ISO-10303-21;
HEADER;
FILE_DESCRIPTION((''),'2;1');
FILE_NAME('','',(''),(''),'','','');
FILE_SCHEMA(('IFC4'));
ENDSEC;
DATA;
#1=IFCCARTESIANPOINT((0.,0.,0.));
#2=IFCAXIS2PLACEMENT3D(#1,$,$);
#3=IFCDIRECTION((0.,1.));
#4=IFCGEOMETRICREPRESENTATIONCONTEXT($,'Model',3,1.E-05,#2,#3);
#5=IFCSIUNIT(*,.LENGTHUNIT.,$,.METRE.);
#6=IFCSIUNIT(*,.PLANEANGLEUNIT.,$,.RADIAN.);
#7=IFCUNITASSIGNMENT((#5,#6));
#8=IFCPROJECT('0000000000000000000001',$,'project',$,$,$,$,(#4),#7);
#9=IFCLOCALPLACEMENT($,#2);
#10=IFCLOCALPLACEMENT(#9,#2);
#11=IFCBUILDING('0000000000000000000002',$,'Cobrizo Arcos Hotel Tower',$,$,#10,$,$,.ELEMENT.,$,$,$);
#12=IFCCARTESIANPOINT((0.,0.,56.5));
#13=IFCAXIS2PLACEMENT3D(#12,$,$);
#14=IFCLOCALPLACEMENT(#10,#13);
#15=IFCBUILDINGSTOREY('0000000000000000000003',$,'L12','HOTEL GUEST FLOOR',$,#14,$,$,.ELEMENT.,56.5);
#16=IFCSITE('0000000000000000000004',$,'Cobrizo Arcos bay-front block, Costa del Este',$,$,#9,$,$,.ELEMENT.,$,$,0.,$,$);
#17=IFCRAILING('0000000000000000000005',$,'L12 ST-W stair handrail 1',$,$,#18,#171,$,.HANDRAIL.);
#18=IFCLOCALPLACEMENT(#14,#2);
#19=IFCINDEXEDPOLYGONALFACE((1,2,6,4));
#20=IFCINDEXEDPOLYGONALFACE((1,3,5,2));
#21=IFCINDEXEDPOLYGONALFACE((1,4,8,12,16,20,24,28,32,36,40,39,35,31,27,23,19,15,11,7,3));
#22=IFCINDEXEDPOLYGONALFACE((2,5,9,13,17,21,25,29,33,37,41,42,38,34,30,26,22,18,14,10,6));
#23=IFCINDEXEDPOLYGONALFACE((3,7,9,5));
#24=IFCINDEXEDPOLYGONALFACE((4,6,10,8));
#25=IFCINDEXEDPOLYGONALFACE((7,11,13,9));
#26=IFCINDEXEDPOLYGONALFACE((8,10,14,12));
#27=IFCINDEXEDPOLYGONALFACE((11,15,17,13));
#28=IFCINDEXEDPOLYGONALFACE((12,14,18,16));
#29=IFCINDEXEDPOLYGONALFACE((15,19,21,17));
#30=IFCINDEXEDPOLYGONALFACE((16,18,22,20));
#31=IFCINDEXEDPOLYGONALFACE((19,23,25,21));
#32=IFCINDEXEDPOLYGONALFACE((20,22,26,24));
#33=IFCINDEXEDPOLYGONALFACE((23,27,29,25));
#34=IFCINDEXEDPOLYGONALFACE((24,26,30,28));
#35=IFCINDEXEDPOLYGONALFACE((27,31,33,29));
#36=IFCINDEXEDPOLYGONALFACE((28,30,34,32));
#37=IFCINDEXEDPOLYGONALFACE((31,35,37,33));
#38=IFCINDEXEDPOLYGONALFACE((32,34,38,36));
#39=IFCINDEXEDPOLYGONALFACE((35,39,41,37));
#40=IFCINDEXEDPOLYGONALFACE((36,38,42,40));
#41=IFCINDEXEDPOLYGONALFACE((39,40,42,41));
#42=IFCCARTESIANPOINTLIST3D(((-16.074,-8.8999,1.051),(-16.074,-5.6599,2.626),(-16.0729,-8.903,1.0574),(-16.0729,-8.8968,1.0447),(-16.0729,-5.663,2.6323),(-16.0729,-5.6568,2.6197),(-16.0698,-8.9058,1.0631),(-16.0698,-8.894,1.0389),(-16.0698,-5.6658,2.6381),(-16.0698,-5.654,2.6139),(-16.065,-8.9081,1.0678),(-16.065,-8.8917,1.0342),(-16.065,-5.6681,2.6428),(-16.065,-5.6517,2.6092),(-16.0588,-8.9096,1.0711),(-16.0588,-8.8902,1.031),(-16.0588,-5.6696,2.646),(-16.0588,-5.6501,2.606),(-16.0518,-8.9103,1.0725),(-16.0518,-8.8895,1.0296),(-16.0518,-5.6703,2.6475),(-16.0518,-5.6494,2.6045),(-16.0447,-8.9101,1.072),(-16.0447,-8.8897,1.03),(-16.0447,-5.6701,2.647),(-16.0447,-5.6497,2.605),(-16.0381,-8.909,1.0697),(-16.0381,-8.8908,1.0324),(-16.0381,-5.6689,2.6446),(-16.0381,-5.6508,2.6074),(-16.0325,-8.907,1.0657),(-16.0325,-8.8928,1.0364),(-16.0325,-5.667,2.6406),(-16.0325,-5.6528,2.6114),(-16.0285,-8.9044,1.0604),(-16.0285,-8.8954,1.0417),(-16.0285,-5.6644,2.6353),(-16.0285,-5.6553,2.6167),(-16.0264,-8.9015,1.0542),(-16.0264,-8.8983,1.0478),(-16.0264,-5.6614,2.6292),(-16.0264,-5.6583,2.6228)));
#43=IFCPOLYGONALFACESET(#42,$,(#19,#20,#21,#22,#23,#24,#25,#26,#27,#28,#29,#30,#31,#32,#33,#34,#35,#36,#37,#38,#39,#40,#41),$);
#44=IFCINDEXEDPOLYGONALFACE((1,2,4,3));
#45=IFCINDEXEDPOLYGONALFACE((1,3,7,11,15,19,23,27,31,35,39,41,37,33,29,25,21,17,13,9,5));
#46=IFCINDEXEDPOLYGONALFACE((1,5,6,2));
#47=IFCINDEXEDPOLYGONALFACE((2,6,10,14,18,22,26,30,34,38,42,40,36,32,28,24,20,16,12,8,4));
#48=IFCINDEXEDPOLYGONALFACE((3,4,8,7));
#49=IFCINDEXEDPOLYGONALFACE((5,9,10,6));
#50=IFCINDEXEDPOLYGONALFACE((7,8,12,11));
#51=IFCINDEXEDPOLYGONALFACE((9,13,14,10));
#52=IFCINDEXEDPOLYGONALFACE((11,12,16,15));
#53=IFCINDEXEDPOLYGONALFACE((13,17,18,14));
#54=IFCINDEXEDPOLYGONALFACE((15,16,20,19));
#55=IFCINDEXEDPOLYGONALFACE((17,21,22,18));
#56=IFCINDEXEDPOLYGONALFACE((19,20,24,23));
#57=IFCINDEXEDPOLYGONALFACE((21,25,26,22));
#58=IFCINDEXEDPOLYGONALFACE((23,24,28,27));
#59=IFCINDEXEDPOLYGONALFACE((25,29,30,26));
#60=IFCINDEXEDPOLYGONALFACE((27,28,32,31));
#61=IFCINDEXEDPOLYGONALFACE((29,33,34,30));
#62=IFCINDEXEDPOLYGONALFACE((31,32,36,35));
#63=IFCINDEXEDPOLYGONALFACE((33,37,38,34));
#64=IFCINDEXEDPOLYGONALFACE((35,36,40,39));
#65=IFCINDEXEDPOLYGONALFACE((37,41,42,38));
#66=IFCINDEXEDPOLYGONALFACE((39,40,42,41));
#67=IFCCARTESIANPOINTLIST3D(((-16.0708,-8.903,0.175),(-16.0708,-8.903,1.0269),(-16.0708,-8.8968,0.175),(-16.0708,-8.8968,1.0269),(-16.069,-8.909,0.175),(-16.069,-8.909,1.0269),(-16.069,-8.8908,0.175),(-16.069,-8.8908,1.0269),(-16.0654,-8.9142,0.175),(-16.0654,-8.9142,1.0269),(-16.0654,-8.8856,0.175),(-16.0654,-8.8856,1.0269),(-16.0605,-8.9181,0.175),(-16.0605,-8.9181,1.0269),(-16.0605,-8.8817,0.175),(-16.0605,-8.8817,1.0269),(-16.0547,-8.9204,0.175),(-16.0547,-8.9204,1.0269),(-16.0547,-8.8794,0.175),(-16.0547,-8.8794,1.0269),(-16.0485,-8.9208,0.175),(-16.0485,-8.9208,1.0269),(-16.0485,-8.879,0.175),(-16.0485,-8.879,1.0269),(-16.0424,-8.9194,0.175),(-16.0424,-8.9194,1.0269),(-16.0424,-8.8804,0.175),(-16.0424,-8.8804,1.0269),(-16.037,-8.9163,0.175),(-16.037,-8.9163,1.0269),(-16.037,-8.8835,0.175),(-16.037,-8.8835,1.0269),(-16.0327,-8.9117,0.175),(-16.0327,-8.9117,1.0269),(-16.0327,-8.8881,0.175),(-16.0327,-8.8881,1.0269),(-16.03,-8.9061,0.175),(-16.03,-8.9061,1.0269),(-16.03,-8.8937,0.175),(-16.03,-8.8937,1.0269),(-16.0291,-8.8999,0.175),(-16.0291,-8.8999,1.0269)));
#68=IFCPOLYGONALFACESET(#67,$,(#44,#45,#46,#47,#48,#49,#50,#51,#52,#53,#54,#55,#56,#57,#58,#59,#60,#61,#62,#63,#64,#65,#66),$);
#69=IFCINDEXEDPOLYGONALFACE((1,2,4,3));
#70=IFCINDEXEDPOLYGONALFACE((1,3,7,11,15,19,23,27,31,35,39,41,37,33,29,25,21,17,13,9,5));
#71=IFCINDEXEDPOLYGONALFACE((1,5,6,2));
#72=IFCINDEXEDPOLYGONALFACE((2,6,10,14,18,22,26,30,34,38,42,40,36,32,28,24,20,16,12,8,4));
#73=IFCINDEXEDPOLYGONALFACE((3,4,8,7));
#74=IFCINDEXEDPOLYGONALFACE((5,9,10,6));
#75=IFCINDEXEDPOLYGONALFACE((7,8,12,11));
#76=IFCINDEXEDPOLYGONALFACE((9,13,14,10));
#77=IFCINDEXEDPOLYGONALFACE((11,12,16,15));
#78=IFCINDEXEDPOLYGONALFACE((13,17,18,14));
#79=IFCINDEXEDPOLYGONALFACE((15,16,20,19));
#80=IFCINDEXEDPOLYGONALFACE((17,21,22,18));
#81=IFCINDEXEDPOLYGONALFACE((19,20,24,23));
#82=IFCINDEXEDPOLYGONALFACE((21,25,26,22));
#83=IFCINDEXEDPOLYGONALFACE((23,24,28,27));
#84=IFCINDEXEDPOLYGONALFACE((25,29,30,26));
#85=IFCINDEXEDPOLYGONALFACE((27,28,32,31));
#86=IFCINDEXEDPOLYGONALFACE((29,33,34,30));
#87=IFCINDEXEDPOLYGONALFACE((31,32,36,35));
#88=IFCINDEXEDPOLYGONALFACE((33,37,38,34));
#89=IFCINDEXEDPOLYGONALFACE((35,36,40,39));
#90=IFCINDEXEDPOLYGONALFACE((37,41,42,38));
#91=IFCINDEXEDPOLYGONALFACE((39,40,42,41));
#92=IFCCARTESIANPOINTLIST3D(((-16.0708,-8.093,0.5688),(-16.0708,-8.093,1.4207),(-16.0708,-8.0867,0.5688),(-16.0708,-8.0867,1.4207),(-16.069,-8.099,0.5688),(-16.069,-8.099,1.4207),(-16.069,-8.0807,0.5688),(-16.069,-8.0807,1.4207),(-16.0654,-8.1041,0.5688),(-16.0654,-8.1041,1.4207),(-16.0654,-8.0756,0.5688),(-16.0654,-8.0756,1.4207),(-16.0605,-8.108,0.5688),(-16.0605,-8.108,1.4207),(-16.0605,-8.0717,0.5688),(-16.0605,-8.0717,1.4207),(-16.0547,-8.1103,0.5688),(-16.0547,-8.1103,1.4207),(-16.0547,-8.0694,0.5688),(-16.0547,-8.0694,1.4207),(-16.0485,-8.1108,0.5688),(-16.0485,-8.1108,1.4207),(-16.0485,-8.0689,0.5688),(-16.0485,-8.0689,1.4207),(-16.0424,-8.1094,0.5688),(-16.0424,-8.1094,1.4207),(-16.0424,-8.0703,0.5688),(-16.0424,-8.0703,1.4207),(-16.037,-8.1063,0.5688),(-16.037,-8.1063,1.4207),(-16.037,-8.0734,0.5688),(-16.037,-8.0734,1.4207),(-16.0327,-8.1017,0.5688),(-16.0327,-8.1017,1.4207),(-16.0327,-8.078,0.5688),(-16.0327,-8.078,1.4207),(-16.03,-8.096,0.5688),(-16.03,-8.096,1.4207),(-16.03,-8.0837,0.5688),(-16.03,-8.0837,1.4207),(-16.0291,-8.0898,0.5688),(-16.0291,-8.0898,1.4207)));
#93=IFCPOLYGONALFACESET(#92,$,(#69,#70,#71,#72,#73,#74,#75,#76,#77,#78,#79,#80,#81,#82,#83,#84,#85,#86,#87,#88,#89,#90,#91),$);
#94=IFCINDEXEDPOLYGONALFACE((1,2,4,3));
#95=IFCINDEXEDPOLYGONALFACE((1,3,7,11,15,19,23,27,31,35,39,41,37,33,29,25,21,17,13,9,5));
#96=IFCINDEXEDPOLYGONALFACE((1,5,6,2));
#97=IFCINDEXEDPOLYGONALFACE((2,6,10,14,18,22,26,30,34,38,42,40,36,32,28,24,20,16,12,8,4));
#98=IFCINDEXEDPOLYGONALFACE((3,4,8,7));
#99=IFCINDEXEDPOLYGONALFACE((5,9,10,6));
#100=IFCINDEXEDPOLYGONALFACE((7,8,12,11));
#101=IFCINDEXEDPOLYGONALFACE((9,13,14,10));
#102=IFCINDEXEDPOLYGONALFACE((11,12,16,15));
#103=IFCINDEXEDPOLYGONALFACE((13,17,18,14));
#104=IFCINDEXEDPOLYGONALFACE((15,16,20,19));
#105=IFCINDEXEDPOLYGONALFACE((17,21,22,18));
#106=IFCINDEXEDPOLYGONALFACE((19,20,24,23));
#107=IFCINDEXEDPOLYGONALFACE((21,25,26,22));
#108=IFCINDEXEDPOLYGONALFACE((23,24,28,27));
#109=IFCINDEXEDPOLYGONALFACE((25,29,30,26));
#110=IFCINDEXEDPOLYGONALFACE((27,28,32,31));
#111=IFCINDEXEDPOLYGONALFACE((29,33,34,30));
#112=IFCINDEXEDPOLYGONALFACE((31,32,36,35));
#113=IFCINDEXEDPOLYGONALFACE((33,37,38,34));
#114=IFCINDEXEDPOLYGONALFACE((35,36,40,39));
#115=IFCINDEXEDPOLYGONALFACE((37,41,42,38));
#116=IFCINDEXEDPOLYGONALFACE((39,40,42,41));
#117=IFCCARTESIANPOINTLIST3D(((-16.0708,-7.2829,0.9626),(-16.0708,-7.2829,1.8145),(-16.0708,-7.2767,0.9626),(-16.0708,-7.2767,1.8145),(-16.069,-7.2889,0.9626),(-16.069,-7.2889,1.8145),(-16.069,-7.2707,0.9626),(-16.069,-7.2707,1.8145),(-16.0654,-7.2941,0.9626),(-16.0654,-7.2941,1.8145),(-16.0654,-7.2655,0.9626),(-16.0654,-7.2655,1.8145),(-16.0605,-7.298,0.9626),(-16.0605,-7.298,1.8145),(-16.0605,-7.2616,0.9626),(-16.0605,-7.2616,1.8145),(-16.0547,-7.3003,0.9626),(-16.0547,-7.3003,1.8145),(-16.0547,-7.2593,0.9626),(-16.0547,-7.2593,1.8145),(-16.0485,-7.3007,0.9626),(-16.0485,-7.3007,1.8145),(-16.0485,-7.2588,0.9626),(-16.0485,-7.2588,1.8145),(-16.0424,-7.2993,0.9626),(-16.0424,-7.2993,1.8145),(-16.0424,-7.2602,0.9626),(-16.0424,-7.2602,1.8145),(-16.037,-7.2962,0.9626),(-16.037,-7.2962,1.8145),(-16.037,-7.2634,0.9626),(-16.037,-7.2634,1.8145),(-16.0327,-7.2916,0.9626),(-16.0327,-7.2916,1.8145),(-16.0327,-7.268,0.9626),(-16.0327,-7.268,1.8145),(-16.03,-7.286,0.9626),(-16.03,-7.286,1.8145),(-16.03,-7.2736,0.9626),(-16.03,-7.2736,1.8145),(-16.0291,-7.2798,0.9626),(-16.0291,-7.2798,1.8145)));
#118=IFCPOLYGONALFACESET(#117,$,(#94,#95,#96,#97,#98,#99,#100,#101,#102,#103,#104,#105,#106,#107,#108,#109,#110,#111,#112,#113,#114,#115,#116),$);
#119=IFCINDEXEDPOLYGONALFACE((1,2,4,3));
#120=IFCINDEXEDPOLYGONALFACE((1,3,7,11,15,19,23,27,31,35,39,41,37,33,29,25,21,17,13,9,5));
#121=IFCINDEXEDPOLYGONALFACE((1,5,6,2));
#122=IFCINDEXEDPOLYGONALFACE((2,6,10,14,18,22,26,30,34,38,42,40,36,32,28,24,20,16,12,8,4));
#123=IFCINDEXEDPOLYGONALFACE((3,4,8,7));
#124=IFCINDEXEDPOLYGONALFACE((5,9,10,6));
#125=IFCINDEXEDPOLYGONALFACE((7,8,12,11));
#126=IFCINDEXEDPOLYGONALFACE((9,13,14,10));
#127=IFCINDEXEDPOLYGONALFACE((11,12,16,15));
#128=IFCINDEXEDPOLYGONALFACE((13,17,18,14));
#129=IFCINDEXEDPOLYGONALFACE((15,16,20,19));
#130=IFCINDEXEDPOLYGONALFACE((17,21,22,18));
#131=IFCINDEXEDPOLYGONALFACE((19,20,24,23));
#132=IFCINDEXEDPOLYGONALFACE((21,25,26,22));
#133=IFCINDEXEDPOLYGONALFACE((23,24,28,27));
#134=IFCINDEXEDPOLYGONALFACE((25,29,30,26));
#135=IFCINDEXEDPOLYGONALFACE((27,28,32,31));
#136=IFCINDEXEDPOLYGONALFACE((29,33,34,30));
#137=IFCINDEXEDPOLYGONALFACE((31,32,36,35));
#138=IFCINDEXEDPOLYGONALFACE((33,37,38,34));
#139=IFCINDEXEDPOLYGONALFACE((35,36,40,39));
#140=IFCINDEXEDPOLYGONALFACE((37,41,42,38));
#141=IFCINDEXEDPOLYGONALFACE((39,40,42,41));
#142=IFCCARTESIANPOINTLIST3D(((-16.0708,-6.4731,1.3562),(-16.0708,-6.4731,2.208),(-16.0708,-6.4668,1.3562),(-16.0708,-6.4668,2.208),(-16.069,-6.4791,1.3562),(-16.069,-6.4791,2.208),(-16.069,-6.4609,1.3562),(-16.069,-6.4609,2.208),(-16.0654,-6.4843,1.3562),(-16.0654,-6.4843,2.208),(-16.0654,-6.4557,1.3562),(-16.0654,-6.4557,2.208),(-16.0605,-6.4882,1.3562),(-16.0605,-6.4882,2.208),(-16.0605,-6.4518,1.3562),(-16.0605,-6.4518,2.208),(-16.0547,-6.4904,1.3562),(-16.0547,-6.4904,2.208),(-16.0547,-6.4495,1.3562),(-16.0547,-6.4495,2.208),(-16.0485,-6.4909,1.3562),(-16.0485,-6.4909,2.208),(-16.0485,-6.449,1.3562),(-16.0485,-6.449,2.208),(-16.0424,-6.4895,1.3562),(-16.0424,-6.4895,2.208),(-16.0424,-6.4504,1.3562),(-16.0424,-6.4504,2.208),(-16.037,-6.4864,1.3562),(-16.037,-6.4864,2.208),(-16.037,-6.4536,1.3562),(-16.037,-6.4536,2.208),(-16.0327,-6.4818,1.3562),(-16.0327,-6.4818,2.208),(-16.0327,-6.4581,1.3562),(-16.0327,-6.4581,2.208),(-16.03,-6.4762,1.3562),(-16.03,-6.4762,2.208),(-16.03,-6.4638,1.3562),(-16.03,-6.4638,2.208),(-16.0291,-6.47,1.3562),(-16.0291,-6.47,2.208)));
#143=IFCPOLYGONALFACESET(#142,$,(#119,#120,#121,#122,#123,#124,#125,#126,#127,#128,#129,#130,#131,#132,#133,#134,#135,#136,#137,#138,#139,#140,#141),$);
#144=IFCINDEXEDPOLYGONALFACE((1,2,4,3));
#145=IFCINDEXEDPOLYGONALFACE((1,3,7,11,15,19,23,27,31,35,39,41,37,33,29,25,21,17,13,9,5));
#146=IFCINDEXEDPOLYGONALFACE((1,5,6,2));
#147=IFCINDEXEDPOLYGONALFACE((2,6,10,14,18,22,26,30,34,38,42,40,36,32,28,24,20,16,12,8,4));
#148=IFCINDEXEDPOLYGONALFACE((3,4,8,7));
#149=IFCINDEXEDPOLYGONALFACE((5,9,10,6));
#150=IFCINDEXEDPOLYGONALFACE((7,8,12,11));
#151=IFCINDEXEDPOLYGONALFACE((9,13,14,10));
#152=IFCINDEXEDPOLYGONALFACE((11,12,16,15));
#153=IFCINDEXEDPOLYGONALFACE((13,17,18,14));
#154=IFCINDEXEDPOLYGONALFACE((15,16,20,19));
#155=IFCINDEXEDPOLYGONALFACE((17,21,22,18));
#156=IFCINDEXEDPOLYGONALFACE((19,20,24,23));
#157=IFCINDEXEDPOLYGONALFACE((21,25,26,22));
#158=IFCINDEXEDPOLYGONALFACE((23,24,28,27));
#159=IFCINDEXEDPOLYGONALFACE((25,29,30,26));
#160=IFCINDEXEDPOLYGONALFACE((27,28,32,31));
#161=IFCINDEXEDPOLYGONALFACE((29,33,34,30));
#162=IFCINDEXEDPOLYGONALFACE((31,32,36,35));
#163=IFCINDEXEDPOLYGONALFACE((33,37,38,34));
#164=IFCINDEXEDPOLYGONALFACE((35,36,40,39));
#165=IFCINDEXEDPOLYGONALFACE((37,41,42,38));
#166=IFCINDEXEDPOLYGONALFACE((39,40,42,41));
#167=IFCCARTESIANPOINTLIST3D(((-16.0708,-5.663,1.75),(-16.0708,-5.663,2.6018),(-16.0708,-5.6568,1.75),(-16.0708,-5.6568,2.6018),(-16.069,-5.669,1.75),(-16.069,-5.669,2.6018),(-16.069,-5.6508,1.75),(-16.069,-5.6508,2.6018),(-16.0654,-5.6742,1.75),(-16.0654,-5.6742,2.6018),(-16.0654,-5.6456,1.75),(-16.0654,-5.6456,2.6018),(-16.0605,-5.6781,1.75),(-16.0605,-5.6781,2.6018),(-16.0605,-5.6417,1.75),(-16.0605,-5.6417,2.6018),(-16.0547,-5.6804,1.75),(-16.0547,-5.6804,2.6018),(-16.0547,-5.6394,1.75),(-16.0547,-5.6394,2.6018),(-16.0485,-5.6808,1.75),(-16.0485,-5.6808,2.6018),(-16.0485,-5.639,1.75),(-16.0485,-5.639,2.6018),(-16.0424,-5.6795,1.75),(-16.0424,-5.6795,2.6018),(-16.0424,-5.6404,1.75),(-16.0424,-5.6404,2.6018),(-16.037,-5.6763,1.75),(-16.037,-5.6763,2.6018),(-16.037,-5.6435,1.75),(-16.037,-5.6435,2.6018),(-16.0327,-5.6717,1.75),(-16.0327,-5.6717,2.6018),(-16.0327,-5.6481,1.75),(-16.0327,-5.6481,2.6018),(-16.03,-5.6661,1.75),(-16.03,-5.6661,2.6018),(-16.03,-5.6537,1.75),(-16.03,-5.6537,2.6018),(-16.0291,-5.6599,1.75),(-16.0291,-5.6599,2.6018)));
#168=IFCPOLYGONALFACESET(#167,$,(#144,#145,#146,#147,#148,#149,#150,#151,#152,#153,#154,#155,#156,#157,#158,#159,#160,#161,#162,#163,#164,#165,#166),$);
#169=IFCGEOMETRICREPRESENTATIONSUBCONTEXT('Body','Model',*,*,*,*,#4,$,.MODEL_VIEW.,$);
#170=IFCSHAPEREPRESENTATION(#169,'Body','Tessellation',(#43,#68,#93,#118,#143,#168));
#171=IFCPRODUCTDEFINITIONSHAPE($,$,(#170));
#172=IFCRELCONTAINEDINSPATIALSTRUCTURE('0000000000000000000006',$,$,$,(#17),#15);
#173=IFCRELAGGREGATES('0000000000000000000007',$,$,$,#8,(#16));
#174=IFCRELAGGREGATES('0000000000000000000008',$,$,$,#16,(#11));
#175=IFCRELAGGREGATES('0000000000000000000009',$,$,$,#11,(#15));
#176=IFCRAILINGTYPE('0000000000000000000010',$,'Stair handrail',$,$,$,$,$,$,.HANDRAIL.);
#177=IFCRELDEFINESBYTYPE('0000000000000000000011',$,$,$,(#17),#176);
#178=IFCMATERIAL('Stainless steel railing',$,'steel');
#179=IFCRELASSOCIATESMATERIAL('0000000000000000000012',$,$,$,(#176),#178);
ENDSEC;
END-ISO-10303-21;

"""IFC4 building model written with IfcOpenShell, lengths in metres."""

from ifc_helpers import new_model, si_unit, direction, frame, origin, origin_2d, place, context, subcontext, project, spatial, circle, extrude, material, type_object, element, save


model = new_model("IFC4")

# Units and contexts
model_context = context("Model", 3, precision=1e-05, world=origin(), true_north=direction((0.0, 1.0)))
body_context = subcontext(model_context, "Body", "Model", "MODEL_VIEW")
ifc_project = project(units=[si_unit("LENGTHUNIT", "METRE"), si_unit("PLANEANGLEUNIT", "RADIAN")], contexts=[model_context])

# Site, building, storey
site_placement = place(None, origin())
site = spatial("IfcSite", under=ifc_project, at=site_placement, Name="Cobrizo Arcos bay-front block, Costa del Este", CompositionType="ELEMENT", RefElevation=0.0)
building_placement = place(site_placement, origin())
building = spatial("IfcBuilding", under=site, at=building_placement, Name="Cobrizo Arcos Hotel Tower", CompositionType="ELEMENT")
storey_placement = place(building_placement, frame((0.0, 0.0, 56.5)))
storey = spatial("IfcBuildingStorey", under=building, at=storey_placement, Name="L12", Description="HOTEL GUEST FLOOR", CompositionType="ELEMENT", Elevation=56.5)

# Railing
ifc_material_1 = material(Name="Stainless steel railing", Category="steel")
railing_type_1 = type_object("IfcRailingType", Name="Stair handrail", PredefinedType="HANDRAIL", material=ifc_material_1)
railing_1_placement = place(storey_placement, frame((-16.05, -8.8999, 0.175)))
element("IfcRailing", 1, at=railing_1_placement, inside=storey, type_object=railing_type_1, Name="L12 ST-W stair handrail 1", PredefinedType="HANDRAIL", context=body_context, shape_type="SweptSolid", body=[
    extrude(circle(Radius=0.0239, at=origin_2d()), frame((0.0, 0.0, 0.876), z_axis=(0.0, 0.899373, 0.437183), x_axis=(-1.0, 0.0, 0.0)), (0.0, 0.0, 1.0), 3.6025),
    extrude(circle(Radius=0.021, at=origin_2d()), origin(), (0.0, 0.0, 1.0), 0.8518),
    extrude(circle(Radius=0.021, at=origin_2d()), frame((0.0, 0.8101, 0.3938)), (0.0, 0.0, 1.0), 0.8518),
    extrude(circle(Radius=0.021, at=origin_2d()), frame((0.0, 1.6201, 0.7876)), (0.0, 0.0, 1.0), 0.8518),
    extrude(circle(Radius=0.021, at=origin_2d()), frame((0.0, 2.4299, 1.1812)), (0.0, 0.0, 1.0), 0.8518),
    extrude(circle(Radius=0.021, at=origin_2d()), frame((0.0, 3.24, 1.575)), (0.0, 0.0, 1.0), 0.8518),
])

save(model, "model.ifc")
